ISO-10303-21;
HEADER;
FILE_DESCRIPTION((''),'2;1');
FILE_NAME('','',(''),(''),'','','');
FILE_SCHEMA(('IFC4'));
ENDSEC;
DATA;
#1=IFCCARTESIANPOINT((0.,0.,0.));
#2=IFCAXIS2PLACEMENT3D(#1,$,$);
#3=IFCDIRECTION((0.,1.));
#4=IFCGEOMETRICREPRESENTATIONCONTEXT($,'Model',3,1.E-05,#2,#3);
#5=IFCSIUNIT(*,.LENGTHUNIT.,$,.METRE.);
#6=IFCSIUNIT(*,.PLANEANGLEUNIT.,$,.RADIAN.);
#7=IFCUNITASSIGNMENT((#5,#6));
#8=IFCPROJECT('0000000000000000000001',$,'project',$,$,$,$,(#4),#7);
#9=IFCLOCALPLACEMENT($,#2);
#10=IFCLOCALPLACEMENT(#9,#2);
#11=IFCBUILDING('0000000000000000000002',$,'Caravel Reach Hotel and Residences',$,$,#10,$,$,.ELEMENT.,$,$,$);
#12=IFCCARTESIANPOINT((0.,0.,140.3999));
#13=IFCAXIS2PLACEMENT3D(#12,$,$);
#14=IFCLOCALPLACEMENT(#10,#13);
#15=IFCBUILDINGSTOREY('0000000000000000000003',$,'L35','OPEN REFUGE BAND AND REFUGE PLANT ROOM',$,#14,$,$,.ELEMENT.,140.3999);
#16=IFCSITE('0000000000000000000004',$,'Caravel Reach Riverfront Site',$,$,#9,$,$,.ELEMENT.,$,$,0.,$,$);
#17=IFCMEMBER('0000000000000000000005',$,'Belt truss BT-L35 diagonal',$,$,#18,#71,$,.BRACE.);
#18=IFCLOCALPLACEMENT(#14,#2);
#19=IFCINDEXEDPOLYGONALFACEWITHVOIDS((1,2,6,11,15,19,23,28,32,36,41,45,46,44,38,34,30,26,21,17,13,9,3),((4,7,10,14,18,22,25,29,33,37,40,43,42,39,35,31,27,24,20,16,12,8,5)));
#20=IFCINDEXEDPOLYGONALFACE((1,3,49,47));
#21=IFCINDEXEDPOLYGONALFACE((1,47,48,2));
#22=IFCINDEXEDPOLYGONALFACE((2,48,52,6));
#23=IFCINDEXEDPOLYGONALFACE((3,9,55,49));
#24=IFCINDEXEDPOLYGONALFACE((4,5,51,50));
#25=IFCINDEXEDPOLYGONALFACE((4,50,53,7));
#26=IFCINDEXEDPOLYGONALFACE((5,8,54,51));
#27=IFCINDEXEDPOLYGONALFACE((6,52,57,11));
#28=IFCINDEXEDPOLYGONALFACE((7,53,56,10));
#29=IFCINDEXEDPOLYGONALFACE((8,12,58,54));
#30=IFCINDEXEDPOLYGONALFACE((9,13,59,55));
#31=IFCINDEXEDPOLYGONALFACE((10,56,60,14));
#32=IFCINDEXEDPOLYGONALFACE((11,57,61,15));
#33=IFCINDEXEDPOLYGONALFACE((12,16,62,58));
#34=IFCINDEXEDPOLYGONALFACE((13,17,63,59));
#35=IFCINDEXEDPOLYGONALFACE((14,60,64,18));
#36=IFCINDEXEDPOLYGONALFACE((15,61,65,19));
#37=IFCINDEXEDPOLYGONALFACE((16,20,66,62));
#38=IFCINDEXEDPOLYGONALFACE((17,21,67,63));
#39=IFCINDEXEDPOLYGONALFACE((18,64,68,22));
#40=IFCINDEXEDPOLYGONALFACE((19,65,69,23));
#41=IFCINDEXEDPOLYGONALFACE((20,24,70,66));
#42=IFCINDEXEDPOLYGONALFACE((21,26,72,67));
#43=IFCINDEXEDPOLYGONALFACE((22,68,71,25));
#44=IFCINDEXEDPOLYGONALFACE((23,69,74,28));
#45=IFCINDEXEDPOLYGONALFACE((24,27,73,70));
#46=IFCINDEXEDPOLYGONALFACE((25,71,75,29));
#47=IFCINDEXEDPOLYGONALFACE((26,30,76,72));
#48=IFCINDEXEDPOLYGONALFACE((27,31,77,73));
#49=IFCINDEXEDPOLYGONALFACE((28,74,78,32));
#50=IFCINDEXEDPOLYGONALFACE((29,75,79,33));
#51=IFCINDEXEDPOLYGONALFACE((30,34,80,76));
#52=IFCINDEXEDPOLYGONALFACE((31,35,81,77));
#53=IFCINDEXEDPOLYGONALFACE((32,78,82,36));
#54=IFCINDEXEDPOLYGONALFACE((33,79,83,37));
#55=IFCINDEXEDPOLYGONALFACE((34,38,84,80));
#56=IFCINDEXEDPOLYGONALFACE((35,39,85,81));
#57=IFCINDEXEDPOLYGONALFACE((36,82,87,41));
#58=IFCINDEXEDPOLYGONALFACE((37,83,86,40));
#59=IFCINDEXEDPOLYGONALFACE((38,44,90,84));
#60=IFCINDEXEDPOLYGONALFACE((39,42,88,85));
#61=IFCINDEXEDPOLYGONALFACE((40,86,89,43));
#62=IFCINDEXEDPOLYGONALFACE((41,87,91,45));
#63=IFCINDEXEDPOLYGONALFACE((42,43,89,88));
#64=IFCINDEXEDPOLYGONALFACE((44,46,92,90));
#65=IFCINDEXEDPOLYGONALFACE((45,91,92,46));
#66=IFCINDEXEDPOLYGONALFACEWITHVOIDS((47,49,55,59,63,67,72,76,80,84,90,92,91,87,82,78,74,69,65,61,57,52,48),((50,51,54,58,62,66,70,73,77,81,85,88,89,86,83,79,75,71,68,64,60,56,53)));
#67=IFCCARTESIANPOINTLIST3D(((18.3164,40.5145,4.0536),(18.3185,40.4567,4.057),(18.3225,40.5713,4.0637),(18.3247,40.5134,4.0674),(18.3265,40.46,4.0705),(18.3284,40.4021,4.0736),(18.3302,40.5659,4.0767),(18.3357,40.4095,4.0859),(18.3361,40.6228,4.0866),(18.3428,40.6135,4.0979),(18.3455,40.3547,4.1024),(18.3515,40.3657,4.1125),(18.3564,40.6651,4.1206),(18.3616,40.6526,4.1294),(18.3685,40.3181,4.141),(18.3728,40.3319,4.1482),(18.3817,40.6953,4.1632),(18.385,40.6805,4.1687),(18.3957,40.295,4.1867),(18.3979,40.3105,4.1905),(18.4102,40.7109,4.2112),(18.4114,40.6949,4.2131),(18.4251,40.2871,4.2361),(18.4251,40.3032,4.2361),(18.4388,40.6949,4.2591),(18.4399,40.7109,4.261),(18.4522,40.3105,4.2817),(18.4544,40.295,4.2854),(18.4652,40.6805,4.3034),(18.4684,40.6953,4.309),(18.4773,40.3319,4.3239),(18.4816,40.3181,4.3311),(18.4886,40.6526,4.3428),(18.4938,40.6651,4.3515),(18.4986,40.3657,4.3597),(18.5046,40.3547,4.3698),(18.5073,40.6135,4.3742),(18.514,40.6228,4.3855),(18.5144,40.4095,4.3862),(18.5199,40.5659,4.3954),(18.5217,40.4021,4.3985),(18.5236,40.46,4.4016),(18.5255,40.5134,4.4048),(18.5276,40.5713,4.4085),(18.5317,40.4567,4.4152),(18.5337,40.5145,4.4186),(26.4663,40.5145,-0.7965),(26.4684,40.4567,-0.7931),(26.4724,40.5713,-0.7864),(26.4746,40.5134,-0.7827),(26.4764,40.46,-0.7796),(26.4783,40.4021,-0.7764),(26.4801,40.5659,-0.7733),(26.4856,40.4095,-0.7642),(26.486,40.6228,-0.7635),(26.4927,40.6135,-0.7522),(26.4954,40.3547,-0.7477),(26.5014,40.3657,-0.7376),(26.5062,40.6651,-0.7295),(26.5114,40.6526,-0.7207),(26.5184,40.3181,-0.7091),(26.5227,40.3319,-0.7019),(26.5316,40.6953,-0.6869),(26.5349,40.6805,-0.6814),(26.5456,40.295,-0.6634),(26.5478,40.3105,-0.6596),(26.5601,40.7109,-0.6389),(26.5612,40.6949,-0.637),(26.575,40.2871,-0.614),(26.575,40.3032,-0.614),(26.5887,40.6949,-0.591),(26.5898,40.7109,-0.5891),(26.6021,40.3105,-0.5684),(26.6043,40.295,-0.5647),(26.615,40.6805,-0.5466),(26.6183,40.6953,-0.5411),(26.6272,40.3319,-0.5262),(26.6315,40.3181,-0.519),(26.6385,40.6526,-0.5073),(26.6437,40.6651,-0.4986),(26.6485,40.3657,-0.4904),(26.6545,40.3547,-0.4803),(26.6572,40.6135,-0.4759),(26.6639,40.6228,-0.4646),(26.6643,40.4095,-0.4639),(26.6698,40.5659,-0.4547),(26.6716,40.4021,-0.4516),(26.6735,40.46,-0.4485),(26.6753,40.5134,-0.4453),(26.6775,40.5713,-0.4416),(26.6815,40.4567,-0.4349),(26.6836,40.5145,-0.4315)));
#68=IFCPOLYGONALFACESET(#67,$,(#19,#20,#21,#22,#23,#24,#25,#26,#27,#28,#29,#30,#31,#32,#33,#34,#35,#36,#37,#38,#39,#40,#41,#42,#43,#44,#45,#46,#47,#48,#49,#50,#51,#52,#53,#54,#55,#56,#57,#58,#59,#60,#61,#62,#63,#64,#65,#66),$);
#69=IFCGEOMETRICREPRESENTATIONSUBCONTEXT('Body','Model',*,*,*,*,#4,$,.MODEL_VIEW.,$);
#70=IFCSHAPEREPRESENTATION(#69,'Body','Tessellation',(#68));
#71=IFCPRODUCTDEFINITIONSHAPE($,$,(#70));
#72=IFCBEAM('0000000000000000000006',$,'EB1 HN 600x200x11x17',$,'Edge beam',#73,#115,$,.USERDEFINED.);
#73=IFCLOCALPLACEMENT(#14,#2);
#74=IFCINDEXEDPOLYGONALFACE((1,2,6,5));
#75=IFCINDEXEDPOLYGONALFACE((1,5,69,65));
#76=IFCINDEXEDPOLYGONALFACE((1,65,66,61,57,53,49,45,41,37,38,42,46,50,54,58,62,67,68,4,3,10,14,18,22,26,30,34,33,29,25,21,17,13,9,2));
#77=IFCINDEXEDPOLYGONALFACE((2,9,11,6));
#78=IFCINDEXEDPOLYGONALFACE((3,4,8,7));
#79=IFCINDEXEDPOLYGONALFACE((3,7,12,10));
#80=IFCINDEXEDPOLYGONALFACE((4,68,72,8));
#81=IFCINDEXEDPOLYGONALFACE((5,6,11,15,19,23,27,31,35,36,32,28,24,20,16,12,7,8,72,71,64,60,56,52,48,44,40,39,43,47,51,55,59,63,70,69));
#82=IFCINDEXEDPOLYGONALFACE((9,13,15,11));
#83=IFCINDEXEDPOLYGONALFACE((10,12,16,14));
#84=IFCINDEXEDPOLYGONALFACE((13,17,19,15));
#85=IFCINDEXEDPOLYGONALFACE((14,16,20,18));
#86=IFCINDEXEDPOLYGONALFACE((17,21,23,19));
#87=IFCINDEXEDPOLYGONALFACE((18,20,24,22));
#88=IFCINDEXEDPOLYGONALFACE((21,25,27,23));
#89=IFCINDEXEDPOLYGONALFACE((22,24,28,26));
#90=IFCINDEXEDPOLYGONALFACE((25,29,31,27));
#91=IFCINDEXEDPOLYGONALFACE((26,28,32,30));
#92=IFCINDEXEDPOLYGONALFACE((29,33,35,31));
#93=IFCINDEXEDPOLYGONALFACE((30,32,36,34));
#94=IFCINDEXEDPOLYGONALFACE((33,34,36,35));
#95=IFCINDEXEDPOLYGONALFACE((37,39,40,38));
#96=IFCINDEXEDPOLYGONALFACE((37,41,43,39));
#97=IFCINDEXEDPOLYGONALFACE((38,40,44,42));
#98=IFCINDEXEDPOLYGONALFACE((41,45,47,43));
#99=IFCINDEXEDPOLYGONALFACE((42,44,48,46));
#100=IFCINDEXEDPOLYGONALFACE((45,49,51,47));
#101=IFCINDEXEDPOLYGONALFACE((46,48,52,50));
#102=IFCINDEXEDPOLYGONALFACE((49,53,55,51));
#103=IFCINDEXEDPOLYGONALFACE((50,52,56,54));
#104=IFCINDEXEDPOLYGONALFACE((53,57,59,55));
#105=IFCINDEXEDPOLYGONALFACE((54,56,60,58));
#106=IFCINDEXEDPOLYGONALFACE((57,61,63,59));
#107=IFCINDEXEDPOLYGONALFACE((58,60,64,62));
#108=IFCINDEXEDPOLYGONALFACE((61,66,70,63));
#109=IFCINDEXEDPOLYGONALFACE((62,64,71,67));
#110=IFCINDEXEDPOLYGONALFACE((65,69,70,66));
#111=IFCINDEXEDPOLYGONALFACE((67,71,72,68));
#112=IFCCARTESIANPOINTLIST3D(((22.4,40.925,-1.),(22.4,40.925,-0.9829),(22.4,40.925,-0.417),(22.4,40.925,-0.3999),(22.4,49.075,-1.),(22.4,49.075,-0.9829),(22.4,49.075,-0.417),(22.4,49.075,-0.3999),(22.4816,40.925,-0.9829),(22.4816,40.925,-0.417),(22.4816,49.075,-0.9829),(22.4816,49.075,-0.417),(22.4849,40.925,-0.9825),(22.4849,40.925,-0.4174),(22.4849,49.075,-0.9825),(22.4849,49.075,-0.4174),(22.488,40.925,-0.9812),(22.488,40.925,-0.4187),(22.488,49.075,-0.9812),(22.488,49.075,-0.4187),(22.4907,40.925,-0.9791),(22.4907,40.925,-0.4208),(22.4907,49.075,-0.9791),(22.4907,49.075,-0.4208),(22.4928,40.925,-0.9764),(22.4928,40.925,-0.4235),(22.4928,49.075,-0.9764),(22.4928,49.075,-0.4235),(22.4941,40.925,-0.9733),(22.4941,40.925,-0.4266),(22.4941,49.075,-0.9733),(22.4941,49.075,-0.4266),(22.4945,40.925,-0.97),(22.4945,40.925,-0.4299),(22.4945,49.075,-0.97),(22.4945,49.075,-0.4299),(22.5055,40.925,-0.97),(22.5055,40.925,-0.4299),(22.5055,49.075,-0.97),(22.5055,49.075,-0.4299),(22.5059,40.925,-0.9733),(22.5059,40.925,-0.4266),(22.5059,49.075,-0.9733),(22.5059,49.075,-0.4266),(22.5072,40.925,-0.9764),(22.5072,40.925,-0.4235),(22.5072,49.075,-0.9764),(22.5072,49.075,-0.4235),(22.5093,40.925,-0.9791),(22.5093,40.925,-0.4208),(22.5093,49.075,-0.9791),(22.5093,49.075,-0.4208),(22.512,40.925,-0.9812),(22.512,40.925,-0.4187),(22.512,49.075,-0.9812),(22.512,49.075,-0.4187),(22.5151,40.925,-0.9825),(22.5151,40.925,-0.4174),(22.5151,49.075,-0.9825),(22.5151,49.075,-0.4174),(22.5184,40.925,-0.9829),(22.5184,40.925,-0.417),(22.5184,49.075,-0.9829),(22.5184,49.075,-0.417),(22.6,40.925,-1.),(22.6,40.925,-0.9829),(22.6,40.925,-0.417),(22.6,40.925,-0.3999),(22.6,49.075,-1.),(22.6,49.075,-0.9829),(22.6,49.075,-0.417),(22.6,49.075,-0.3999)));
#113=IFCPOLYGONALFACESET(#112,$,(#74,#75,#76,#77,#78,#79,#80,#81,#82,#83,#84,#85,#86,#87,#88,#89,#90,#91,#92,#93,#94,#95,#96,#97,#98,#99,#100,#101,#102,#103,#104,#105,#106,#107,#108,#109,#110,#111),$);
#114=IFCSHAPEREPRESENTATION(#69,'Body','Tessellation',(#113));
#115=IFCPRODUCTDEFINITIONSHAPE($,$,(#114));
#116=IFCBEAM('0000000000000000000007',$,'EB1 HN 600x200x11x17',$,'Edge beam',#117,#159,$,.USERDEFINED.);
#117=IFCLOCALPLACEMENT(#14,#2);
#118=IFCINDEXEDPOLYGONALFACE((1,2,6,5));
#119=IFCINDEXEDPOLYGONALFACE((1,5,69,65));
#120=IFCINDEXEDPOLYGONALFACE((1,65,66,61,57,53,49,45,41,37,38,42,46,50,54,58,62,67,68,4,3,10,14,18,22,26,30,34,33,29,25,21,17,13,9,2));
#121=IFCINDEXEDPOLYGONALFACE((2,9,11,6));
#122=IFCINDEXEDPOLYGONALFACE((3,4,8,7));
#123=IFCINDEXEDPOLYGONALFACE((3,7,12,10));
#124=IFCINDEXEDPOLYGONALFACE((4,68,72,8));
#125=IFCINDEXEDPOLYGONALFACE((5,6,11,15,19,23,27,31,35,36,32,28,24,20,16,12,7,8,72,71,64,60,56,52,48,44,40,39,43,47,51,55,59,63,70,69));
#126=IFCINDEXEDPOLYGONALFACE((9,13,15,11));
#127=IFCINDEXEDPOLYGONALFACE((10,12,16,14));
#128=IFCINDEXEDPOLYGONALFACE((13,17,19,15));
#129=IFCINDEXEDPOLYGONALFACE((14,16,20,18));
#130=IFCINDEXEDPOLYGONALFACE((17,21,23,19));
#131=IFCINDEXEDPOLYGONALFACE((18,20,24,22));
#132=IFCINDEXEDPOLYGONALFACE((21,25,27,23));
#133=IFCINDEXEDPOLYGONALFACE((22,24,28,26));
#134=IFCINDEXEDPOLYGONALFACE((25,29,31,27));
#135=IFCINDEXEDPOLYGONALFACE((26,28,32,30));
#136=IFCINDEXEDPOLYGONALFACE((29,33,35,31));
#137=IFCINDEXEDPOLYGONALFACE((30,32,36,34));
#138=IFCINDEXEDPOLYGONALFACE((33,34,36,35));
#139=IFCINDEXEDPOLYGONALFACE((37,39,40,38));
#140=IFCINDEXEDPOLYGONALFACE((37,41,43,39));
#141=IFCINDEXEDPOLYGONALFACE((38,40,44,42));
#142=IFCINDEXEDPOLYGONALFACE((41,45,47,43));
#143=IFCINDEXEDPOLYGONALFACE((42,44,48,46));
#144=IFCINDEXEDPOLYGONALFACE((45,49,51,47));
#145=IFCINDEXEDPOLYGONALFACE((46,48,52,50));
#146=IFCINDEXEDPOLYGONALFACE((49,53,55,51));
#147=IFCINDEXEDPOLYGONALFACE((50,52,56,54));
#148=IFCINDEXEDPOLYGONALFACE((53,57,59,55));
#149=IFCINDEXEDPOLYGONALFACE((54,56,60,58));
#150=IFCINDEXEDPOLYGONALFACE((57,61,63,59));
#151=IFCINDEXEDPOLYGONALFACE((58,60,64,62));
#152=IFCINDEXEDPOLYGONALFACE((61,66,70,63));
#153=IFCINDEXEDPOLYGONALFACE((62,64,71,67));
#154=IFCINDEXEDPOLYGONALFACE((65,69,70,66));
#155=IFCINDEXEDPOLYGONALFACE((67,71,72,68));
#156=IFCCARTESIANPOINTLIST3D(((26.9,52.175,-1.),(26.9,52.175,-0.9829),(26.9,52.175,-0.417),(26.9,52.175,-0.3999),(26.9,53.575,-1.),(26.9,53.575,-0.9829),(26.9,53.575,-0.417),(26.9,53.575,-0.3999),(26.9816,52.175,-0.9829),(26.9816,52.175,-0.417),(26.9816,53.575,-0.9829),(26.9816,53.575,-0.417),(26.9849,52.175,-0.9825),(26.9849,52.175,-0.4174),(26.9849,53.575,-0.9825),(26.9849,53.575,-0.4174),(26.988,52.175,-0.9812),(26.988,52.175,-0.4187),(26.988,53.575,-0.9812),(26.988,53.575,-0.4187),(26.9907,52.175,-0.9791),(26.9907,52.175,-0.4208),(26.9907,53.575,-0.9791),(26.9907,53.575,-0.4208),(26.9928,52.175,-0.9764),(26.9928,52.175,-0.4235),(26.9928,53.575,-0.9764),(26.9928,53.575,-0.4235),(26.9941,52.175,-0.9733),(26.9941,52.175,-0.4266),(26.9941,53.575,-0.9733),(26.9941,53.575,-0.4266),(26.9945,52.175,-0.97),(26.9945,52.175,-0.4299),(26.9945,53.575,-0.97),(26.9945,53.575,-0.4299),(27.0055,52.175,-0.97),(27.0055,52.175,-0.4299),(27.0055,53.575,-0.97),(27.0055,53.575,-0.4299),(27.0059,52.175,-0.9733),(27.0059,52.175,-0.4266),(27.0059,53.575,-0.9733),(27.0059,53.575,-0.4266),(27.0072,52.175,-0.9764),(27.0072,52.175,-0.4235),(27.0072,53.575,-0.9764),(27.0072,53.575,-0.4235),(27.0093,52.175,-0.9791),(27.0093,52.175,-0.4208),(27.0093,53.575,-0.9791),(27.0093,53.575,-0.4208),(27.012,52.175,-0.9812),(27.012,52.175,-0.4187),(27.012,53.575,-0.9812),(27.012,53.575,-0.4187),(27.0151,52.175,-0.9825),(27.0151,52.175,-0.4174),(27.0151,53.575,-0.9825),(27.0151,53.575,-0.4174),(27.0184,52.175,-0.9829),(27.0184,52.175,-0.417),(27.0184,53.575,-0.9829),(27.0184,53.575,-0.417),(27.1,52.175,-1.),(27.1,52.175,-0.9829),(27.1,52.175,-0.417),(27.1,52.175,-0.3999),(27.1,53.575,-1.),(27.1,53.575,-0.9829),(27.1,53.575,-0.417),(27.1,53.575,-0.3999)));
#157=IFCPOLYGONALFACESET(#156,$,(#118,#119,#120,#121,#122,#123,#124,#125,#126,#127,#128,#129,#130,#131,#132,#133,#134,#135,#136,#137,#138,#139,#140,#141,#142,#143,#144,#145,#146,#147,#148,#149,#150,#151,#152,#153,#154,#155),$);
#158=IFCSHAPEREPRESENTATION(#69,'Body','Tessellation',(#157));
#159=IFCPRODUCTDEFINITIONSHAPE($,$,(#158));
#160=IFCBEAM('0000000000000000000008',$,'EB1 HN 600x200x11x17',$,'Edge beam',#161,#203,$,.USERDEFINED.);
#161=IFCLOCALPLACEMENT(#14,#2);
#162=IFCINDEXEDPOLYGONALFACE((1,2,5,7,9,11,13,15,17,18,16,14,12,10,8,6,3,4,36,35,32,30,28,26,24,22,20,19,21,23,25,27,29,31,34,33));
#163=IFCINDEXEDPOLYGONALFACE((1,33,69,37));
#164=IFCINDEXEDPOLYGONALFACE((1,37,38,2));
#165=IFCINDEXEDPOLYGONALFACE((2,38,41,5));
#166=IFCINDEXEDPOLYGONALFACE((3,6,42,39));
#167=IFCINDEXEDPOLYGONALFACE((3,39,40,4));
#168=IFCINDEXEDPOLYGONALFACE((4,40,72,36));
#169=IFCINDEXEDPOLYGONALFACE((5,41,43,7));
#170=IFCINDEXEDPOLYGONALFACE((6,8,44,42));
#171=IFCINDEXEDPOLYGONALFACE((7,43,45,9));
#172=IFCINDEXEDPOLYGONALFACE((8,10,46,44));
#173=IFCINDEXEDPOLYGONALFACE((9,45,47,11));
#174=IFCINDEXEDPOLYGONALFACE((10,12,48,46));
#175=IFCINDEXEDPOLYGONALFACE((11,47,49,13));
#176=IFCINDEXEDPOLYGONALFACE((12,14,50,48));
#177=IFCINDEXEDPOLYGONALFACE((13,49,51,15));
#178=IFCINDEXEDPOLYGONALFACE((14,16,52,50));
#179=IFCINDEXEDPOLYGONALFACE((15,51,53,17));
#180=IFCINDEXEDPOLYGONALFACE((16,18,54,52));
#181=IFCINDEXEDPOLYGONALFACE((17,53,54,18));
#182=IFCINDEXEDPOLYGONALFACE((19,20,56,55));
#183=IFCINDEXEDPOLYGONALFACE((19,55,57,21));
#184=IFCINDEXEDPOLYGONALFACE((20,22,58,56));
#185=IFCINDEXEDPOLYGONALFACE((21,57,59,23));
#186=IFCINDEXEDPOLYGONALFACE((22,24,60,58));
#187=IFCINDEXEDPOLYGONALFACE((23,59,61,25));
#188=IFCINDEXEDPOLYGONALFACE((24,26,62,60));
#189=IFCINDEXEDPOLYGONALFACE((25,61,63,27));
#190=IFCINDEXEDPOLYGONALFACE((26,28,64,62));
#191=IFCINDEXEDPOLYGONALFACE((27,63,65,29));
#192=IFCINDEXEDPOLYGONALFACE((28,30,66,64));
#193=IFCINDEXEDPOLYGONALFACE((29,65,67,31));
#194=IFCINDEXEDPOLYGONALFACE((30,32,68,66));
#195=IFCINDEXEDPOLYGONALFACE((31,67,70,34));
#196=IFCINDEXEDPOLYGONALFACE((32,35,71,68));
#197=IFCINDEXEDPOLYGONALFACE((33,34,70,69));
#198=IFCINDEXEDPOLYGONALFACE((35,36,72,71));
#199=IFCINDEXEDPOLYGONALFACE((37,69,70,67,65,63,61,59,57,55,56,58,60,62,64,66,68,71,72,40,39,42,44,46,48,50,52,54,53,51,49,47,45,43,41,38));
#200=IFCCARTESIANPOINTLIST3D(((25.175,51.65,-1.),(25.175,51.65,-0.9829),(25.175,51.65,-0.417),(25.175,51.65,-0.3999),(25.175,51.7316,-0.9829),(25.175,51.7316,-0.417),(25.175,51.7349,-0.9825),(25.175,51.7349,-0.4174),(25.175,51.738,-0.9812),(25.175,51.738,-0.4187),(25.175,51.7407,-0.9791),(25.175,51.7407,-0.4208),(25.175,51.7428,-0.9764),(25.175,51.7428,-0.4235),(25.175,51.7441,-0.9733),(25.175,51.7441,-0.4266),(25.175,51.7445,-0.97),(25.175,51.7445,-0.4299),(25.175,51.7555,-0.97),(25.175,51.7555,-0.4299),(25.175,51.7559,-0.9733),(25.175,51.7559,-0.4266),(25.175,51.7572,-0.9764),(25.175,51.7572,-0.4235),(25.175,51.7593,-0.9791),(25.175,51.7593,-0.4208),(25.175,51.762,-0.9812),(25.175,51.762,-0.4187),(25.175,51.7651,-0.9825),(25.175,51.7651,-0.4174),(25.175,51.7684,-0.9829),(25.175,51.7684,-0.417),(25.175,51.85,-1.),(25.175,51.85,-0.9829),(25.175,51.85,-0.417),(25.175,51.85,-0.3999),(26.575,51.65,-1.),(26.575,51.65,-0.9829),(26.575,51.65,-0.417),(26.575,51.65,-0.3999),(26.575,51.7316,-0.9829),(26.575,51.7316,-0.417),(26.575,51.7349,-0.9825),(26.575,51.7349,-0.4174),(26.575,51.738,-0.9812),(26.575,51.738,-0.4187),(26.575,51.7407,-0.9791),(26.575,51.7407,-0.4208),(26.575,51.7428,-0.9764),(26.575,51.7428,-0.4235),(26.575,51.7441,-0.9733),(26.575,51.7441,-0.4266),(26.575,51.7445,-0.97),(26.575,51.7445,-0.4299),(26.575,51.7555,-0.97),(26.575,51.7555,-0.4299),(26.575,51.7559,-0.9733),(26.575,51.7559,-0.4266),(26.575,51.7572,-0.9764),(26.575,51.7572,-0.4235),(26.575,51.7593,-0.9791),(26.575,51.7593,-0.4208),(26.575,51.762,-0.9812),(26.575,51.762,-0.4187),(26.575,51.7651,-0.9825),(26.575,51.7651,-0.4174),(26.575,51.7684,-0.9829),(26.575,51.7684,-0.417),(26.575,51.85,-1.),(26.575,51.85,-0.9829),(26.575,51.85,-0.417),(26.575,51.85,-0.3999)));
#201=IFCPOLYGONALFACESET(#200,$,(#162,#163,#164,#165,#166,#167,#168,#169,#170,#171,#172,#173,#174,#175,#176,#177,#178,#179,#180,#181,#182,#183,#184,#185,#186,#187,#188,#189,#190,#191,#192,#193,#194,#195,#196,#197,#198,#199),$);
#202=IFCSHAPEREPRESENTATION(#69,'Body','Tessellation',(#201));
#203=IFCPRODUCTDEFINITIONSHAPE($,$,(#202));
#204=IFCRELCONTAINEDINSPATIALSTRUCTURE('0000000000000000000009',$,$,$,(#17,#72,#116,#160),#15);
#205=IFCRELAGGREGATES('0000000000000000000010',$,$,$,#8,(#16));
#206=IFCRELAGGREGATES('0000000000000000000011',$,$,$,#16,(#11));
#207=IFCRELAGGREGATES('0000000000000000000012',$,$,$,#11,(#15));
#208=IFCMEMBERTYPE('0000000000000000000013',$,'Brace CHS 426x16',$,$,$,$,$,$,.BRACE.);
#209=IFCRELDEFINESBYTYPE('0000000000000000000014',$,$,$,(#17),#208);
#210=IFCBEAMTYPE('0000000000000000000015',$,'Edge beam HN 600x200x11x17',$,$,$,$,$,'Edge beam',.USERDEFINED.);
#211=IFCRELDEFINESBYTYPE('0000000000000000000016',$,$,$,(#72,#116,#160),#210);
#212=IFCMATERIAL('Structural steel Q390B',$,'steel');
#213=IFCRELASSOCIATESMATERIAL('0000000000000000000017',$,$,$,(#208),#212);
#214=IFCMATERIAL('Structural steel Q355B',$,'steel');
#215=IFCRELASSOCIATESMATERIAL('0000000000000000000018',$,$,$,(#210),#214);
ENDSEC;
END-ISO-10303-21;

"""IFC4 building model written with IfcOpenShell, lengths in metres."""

from ifc_helpers import new_model, si_unit, direction, frame, origin, origin_2d, place, context, subcontext, project, spatial, hollow_circle, i_section, extrude, material, material_profile, profile_set, type_object, element, save


model = new_model("IFC4")

# Units and contexts
model_context = context("Model", 3, precision=1e-05, world=origin(), true_north=direction((0.0, 1.0)))
body_context = subcontext(model_context, "Body", "Model", "MODEL_VIEW")
ifc_project = project(units=[si_unit("LENGTHUNIT", "METRE"), si_unit("PLANEANGLEUNIT", "RADIAN")], contexts=[model_context])

# Site, building, storey
site_placement = place(None, origin())
site = spatial("IfcSite", under=ifc_project, at=site_placement, Name="Caravel Reach Riverfront Site", CompositionType="ELEMENT", RefElevation=0.0)
building_placement = place(site_placement, origin())
building = spatial("IfcBuilding", under=site, at=building_placement, Name="Caravel Reach Hotel and Residences", CompositionType="ELEMENT")
storey_placement = place(building_placement, frame((0.0, 0.0, 140.3999)))
storey = spatial("IfcBuildingStorey", under=building, at=storey_placement, Name="L35", Description="OPEN REFUGE BAND AND REFUGE PLANT ROOM", CompositionType="ELEMENT", Elevation=140.3999)

# Member
ifc_material_1 = material(Name="Structural steel Q390B", Category="steel")
ifc_material_profile_1 = material_profile(ifc_material_1, hollow_circle(Radius=0.2129, WallThickness=0.0161, at=origin_2d()), Name="CHS 426x16")
ifc_profile_set_1 = profile_set([ifc_material_profile_1], Name="Structural steel Q390B")
member_type = type_object("IfcMemberType", Name="Brace CHS 426x16", PredefinedType="BRACE", material=ifc_profile_set_1)
member_placement = place(storey_placement, frame((26.575, 40.5, -0.614), z_axis=(-0.859341, 0.0, 0.511403), x_axis=(0.0, -1.0, 0.0)))
element("IfcMember", 1, at=member_placement, inside=storey, type_object=member_type, Name="Belt truss BT-L35 diagonal", PredefinedType="BRACE", context=body_context, shape_type="SweptSolid", body=[
    extrude(hollow_circle(Radius=0.2129, WallThickness=0.0161, at=origin_2d()), origin(), (0.0, 0.0, 1.0), 9.4839),
])

# Beams
ifc_material_2 = material(Name="Structural steel Q355B", Category="steel")
ifc_material_profile_2 = material_profile(ifc_material_2, i_section(OverallWidth=0.2, OverallDepth=0.6001, WebThickness=0.011, FlangeThickness=0.0171, FilletRadius=0.0129, at=origin_2d()), Name="HN 600x200x11x17")
ifc_profile_set_2 = profile_set([ifc_material_profile_2], Name="Structural steel Q355B")
beam_type_1 = type_object("IfcBeamType", Name="Edge beam HN 600x200x11x17", ElementType="Edge beam", PredefinedType="USERDEFINED", material=ifc_profile_set_2)
beam_1_placement = place(storey_placement, frame((22.5, 49.075, -0.7), z_axis=(0.0, -1.0, 0.0), x_axis=(1.0, 0.0, 0.0)))
element("IfcBeam", 2, at=beam_1_placement, inside=storey, type_object=beam_type_1, Name="EB1 HN 600x200x11x17", ObjectType="Edge beam", PredefinedType="USERDEFINED", context=body_context, shape_type="SweptSolid", body=[
    extrude(i_section(OverallWidth=0.2, OverallDepth=0.6001, WebThickness=0.011, FlangeThickness=0.0171, FilletRadius=0.0129, at=origin_2d()), origin(), (0.0, 0.0, 1.0), 8.1499),
])
for number, where, z_axis, x_axis, name in (
    (3, (27.0, 53.575, -0.7), (0.0, -1.0, 0.0), (1.0, 0.0, 0.0), "EB1 HN 600x200x11x17"),
    (4, (26.575, 51.75, -0.7), (-1.0, 0.0, 0.0), (0.0, -1.0, 0.0), "EB1 HN 600x200x11x17"),
):
    element("IfcBeam", number, at=place(storey_placement, frame(where, z_axis=z_axis, x_axis=x_axis)), inside=storey, type_object=beam_type_1, Name=name, ObjectType="Edge beam", PredefinedType="USERDEFINED", context=body_context, shape_type="SweptSolid", body=[
        extrude(i_section(OverallWidth=0.2, OverallDepth=0.6001, WebThickness=0.011, FlangeThickness=0.0171, FilletRadius=0.0129, at=origin_2d()), origin(), (0.0, 0.0, 1.0), 1.3999),
    ])

save(model, "model.ifc")
